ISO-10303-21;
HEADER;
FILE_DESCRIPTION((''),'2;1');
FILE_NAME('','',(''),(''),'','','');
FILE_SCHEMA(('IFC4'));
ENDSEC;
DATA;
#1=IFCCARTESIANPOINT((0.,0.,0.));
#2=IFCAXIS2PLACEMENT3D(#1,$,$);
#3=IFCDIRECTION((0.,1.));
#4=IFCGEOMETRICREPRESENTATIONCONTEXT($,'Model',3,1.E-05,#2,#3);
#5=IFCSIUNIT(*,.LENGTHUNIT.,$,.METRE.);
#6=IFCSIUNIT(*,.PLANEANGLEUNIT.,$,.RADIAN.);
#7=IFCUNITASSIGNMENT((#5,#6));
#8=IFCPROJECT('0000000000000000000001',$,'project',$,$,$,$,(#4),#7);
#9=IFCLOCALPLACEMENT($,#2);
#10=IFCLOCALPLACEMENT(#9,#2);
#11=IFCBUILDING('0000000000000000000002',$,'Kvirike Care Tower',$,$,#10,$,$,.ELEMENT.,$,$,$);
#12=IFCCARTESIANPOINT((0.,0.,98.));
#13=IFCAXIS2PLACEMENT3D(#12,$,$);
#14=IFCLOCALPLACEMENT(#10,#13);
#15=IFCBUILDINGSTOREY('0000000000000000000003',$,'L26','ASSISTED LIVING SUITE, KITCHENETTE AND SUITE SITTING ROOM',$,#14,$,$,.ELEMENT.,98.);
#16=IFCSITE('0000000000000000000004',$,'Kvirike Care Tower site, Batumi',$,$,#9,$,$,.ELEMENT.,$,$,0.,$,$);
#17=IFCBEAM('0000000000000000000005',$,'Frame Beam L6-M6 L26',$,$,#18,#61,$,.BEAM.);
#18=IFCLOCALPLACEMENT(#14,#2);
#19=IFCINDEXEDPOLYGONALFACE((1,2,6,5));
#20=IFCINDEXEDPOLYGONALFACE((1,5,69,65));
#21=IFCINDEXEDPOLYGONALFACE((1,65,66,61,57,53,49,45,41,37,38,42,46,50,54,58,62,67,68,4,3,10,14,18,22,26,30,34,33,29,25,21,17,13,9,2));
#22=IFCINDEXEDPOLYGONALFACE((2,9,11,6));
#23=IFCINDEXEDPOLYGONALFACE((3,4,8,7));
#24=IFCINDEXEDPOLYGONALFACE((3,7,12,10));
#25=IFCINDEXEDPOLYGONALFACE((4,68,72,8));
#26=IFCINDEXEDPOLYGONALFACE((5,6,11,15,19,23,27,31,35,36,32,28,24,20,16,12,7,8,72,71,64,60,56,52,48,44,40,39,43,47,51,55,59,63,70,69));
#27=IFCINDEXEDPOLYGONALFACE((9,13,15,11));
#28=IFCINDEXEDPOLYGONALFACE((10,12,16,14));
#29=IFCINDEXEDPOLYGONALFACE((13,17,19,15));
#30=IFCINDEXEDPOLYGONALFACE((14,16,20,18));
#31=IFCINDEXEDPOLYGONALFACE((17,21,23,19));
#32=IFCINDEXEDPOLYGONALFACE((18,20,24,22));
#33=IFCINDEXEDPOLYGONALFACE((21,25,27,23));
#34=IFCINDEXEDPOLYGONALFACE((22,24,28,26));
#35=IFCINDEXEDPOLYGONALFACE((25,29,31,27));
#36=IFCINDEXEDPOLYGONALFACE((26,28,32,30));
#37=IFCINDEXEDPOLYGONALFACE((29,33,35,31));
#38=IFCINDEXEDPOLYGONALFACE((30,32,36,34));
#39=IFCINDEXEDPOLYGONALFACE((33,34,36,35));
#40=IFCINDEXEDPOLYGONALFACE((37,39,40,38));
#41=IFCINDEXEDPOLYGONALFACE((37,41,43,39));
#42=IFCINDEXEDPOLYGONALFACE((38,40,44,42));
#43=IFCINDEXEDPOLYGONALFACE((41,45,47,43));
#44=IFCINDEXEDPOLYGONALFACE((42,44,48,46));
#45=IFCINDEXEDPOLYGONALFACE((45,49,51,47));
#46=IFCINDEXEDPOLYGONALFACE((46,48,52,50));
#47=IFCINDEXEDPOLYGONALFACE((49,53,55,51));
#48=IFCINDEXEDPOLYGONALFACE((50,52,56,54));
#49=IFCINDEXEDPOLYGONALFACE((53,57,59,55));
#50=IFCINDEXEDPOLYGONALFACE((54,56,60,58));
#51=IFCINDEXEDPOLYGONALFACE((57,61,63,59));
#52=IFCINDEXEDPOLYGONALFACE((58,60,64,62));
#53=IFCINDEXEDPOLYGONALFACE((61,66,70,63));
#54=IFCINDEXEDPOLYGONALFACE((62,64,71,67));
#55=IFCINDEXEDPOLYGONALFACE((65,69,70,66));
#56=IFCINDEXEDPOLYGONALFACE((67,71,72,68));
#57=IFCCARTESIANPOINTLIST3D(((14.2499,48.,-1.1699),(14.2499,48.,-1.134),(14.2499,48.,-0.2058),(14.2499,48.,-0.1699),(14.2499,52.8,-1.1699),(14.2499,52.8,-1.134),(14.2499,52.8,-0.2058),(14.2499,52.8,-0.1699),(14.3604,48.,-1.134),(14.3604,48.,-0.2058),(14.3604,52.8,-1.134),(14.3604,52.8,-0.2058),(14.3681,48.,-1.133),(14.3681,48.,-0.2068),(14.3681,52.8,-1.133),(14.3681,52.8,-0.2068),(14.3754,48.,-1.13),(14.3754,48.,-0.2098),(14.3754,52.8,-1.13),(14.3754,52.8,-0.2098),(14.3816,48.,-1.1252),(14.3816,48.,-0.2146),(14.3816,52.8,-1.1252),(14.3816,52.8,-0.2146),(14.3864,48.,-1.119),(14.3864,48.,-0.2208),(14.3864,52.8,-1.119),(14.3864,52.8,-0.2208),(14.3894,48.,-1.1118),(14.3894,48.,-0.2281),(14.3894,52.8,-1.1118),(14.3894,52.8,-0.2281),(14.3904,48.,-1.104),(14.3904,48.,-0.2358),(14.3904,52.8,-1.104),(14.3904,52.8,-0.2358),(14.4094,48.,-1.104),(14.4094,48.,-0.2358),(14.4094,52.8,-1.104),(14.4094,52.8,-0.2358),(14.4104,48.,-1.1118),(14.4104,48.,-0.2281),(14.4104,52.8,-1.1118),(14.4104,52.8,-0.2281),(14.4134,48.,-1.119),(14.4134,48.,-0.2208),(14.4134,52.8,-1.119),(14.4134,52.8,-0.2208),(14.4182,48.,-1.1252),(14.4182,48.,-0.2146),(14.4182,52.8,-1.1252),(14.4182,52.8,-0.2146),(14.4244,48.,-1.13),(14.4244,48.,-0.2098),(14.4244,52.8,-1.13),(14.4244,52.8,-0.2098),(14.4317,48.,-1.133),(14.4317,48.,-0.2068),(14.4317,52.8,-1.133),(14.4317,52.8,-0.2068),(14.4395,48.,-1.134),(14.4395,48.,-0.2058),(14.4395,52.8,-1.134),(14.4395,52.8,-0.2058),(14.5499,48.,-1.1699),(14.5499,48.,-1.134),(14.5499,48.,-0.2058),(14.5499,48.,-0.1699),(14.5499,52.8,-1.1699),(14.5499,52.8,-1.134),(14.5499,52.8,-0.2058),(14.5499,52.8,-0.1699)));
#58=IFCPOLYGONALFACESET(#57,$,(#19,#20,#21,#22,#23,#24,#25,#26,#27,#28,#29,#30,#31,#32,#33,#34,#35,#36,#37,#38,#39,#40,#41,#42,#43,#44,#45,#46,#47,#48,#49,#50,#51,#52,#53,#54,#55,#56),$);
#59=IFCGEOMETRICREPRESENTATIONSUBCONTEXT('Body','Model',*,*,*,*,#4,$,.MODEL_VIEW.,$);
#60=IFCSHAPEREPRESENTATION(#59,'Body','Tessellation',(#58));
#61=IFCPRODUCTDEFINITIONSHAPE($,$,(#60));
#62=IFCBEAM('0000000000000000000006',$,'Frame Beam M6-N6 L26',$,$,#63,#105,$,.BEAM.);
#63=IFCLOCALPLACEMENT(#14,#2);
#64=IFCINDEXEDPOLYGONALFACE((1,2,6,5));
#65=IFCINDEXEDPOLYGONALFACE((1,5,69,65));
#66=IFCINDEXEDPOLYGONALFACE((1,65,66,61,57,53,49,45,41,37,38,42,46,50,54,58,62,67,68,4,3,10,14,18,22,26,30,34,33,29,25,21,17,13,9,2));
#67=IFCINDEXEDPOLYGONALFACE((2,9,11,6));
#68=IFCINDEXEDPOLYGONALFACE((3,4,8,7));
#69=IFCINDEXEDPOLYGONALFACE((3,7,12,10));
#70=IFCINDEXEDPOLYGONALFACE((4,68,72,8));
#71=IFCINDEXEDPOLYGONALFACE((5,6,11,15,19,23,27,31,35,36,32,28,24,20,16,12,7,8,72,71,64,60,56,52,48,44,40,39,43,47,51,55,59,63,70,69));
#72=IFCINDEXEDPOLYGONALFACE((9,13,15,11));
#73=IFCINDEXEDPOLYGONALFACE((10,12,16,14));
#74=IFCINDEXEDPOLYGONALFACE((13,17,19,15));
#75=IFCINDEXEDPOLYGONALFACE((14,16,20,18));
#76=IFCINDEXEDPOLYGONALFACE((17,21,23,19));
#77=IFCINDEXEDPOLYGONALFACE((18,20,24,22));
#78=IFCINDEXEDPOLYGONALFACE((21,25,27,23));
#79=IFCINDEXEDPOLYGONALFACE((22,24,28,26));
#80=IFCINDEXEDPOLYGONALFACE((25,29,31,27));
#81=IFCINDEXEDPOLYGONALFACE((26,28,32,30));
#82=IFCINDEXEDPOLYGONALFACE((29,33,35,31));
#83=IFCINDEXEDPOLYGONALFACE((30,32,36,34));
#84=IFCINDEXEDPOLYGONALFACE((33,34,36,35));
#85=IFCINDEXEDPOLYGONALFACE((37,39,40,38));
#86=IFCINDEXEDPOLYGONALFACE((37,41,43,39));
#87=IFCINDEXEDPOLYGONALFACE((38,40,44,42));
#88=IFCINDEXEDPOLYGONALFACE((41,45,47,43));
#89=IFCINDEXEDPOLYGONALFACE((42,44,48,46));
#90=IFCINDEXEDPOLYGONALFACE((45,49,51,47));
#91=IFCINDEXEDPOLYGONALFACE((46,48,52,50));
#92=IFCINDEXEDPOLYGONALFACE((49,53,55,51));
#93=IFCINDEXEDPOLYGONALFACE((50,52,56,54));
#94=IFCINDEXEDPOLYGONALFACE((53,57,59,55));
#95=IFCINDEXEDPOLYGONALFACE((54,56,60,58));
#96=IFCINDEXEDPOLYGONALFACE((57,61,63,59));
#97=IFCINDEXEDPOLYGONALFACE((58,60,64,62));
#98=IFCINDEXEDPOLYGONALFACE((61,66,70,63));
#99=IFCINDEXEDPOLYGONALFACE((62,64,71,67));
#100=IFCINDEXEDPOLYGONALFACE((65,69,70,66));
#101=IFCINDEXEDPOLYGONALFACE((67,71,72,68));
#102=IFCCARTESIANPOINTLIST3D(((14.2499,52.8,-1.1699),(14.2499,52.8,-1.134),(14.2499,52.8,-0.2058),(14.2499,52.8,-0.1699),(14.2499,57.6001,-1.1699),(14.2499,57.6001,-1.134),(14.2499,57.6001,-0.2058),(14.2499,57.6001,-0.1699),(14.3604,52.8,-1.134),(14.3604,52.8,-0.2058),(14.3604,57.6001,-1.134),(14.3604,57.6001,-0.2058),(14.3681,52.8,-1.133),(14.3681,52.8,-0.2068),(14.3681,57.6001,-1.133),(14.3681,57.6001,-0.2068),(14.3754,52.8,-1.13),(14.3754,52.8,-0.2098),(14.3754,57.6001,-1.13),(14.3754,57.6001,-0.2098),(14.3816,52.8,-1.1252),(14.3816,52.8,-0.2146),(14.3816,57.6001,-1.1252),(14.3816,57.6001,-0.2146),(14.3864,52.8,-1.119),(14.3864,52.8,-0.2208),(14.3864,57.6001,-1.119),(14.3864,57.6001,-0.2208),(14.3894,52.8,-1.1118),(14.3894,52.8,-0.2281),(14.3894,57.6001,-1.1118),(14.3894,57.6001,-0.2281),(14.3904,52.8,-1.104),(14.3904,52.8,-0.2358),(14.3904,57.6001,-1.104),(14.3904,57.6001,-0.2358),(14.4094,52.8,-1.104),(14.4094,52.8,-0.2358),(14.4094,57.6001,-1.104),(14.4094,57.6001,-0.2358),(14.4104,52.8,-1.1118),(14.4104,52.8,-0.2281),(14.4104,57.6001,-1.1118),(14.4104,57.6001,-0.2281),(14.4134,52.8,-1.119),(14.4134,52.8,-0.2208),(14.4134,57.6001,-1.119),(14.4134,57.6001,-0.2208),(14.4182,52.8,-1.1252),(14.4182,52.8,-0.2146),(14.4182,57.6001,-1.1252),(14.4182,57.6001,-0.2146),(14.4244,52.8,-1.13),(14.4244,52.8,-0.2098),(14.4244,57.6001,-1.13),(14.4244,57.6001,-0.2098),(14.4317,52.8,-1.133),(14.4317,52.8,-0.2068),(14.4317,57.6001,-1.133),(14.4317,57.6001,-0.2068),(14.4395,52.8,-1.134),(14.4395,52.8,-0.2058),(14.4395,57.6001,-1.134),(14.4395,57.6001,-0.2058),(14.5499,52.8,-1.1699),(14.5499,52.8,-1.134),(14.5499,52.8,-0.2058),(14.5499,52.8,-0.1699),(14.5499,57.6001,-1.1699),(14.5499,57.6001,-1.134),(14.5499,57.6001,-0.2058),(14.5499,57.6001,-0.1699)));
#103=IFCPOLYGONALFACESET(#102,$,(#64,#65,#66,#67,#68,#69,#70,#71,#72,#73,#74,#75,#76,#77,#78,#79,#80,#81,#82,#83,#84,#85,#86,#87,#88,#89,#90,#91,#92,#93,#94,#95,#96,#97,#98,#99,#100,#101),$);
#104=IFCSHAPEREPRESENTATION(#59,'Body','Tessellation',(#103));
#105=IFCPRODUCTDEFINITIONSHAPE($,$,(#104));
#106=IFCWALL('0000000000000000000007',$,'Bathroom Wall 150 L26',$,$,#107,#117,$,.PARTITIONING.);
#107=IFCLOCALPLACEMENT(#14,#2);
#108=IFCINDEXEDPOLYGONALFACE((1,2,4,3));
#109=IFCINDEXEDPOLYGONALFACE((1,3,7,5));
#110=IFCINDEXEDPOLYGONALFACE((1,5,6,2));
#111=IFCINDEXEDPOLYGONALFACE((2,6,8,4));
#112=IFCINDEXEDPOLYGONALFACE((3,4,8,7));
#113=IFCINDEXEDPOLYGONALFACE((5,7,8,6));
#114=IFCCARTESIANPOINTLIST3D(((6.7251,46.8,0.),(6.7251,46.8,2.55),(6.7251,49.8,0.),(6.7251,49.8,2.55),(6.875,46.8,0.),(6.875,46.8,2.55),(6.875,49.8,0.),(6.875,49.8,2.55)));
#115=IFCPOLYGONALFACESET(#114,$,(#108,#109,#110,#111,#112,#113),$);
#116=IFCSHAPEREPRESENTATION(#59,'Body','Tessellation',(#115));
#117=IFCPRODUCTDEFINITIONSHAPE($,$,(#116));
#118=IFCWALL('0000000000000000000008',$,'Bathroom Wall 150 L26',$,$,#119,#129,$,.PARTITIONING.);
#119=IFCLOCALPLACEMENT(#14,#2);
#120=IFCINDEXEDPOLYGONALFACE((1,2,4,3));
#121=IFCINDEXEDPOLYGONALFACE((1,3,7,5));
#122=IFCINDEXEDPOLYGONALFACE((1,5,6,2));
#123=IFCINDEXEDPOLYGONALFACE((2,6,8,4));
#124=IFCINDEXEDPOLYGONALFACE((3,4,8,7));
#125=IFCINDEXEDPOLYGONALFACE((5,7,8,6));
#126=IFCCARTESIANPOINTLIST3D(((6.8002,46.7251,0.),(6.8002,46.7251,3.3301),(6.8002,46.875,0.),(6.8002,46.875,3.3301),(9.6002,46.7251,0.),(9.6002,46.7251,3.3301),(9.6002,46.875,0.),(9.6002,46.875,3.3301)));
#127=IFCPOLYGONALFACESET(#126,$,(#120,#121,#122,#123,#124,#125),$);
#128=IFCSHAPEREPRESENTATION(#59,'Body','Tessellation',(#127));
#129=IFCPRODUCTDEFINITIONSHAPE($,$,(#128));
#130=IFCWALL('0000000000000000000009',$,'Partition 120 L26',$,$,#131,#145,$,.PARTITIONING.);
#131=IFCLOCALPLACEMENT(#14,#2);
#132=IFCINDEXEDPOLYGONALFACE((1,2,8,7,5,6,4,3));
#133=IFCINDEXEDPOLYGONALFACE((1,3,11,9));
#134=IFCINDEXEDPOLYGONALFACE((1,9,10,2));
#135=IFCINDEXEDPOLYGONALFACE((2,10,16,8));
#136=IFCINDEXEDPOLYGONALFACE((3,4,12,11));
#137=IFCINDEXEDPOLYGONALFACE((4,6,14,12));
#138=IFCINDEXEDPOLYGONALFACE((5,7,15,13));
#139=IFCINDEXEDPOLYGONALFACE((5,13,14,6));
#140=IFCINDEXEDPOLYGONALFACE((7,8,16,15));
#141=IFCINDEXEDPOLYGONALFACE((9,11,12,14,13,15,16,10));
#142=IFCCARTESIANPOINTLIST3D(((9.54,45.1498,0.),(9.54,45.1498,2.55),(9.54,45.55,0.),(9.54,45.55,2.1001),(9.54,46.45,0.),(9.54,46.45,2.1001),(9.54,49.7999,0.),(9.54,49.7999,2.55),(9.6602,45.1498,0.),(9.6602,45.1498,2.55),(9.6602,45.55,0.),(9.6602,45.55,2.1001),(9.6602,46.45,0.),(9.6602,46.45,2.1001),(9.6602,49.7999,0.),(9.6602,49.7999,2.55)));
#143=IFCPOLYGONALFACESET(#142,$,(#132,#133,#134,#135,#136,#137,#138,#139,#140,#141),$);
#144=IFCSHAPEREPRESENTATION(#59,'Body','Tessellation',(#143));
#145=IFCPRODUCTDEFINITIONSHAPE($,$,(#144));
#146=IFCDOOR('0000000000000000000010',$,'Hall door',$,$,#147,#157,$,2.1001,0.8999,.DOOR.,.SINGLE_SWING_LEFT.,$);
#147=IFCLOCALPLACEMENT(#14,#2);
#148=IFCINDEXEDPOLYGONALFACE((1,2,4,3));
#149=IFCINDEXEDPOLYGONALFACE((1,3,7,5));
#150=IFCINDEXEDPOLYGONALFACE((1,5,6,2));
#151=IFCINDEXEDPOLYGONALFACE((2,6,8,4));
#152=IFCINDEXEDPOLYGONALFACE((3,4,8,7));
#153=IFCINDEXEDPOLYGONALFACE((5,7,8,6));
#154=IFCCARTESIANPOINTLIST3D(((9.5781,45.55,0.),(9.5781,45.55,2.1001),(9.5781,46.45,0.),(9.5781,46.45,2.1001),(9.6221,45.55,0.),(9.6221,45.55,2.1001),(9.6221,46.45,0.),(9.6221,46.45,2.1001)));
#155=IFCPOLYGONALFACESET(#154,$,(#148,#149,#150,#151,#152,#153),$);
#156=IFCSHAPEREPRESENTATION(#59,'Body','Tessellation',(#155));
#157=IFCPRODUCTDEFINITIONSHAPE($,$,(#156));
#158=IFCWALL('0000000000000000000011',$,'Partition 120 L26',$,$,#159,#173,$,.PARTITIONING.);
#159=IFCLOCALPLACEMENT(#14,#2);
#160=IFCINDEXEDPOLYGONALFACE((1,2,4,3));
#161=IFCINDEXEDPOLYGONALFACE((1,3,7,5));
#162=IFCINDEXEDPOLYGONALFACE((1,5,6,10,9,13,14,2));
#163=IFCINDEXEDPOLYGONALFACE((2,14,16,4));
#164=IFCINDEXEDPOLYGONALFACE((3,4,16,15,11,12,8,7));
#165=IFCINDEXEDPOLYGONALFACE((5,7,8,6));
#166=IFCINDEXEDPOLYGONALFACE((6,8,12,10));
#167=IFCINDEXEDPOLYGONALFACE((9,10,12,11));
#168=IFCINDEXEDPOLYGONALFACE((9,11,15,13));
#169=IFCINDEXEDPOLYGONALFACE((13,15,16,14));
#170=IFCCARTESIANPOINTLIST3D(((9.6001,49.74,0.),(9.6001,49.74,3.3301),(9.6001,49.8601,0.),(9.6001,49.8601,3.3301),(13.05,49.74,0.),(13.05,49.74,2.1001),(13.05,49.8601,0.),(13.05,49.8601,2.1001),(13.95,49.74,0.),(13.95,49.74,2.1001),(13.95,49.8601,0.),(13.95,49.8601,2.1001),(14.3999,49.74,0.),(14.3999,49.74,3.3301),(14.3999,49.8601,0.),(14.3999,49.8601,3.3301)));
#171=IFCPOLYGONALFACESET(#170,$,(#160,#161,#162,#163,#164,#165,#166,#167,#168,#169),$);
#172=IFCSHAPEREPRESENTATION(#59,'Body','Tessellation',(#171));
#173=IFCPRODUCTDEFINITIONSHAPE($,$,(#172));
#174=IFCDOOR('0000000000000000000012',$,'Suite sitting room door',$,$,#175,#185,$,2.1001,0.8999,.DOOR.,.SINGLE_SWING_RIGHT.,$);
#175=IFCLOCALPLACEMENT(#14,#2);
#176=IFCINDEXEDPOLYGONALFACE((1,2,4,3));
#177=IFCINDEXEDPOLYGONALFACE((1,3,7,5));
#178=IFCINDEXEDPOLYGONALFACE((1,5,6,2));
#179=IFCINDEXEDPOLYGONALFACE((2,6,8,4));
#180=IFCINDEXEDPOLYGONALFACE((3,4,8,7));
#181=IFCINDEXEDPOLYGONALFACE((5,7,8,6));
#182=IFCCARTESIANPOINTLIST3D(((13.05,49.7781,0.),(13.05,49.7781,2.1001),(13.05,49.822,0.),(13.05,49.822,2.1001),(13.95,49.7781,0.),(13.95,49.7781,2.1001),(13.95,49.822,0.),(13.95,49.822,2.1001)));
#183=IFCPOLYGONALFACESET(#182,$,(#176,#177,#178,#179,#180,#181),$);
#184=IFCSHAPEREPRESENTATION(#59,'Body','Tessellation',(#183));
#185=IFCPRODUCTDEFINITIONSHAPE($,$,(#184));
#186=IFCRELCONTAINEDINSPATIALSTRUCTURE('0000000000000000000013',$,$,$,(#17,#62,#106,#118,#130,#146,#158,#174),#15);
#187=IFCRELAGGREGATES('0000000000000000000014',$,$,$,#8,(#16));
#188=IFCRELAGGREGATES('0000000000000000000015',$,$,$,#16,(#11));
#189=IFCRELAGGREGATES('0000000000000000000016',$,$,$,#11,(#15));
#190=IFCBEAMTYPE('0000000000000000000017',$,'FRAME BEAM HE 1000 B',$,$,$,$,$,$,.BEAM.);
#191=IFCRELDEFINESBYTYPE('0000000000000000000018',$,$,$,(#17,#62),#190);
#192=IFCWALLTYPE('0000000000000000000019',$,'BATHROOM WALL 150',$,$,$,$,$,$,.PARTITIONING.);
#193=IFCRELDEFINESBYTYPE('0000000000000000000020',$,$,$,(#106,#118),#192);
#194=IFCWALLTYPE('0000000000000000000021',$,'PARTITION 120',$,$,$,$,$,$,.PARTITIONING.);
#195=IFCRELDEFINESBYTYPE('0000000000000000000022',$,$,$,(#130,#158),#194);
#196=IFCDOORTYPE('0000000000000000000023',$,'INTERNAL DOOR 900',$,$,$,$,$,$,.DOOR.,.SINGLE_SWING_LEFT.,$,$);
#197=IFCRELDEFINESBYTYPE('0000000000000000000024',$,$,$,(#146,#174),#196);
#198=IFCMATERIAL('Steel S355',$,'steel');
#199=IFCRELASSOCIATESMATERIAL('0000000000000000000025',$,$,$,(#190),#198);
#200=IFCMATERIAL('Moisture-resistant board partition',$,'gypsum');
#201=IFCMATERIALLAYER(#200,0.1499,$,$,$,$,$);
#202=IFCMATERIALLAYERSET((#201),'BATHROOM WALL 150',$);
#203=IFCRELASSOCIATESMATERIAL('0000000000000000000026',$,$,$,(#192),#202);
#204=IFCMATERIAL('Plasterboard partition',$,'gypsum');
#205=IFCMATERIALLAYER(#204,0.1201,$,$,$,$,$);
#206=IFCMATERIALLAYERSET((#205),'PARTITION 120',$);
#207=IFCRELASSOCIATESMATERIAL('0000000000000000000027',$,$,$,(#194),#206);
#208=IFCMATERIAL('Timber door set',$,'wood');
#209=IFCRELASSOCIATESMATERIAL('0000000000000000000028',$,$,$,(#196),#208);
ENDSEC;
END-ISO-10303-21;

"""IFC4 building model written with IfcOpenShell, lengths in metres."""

from ifc_helpers import new_model, si_unit, direction, frame, frame_2d, origin, origin_2d, place, context, subcontext, project, spatial, rectangle, i_section, extrude, material, layer, layer_set, material_profile, profile_set, type_object, element, fill, save


model = new_model("IFC4")

# Units and contexts
model_context = context("Model", 3, precision=1e-05, world=origin(), true_north=direction((0.0, 1.0)))
body_context = subcontext(model_context, "Body", "Model", "MODEL_VIEW")
ifc_project = project(units=[si_unit("LENGTHUNIT", "METRE"), si_unit("PLANEANGLEUNIT", "RADIAN")], contexts=[model_context])

# Site, building, storey
site_placement = place(None, origin())
site = spatial("IfcSite", under=ifc_project, at=site_placement, Name="Kvirike Care Tower site, Batumi", CompositionType="ELEMENT", RefElevation=0.0)
building_placement = place(site_placement, origin())
building = spatial("IfcBuilding", under=site, at=building_placement, Name="Kvirike Care Tower", CompositionType="ELEMENT")
storey_placement = place(building_placement, frame((0.0, 0.0, 98.0)))
storey = spatial("IfcBuildingStorey", under=building, at=storey_placement, Name="L26", Description="ASSISTED LIVING SUITE, KITCHENETTE AND SUITE SITTING ROOM", CompositionType="ELEMENT", Elevation=98.0)

# Beams
ifc_material_1 = material(Name="Steel S355", Category="steel")
ifc_material_profile_1 = material_profile(ifc_material_1, i_section(OverallWidth=0.3, OverallDepth=1.0, WebThickness=0.019, FlangeThickness=0.0359, FilletRadius=0.03, at=origin_2d()), Name="HE 1000 B")
ifc_profile_set_1 = profile_set([ifc_material_profile_1], Name="Steel S355")
beam_type_1 = type_object("IfcBeamType", Name="FRAME BEAM HE 1000 B", PredefinedType="BEAM", material=ifc_profile_set_1)
for number, where, z_axis, x_axis, name in (
    (1, (14.3999, 48.0, -0.6699), (0.0, 1.0, 0.0), (-1.0, 0.0, 0.0), "Frame Beam L6-M6 L26"),
    (2, (14.3999, 52.8, -0.6699), (0.0, 1.0, 0.0), (-1.0, 0.0, 0.0), "Frame Beam M6-N6 L26"),
):
    element("IfcBeam", number, at=place(storey_placement, frame(where, z_axis=z_axis, x_axis=x_axis)), inside=storey, type_object=beam_type_1, Name=name, PredefinedType="BEAM", context=body_context, shape_type="SweptSolid", body=[
        extrude(i_section(OverallWidth=0.3, OverallDepth=1.0, WebThickness=0.019, FlangeThickness=0.0359, FilletRadius=0.03, at=origin_2d()), origin(), (0.0, 0.0, 1.0), 4.8),
    ])

# Walls
ifc_material_2 = material(Name="Moisture-resistant board partition", Category="gypsum")
ifc_layer_1 = layer(ifc_material_2, 0.1499)
ifc_layer_set_1 = layer_set([ifc_layer_1], Name="BATHROOM WALL 150")
wall_type_1 = type_object("IfcWallType", Name="BATHROOM WALL 150", PredefinedType="PARTITIONING", material=ifc_layer_set_1)
wall_1_placement = place(storey_placement, frame((6.8, 49.8, 0.0), z_axis=(0.0, 0.0, 1.0), x_axis=(0.0, -1.0, 0.0)))
element("IfcWall", 3, at=wall_1_placement, inside=storey, type_object=wall_type_1, Name="Bathroom Wall 150 L26", PredefinedType="PARTITIONING", context=body_context, shape_type="SweptSolid", body=[
    extrude(rectangle(XDim=3.0, YDim=0.1499, at=frame_2d((1.5, 0.0))), origin(), (0.0, 0.0, 1.0), 2.55),
])
wall_2_placement = place(storey_placement, frame((9.6001, 46.8, 0.0), z_axis=(0.0, 0.0, 1.0), x_axis=(-1.0, 0.0, 0.0)))
element("IfcWall", 4, at=wall_2_placement, inside=storey, type_object=wall_type_1, Name="Bathroom Wall 150 L26", PredefinedType="PARTITIONING", context=body_context, shape_type="SweptSolid", body=[
    extrude(rectangle(XDim=2.8, YDim=0.1499, at=frame_2d((1.3999, 0.0))), origin(), (0.0, 0.0, 1.0), 3.3301),
])

# Walls, openings, doors
ifc_material_3 = material(Name="Plasterboard partition", Category="gypsum")
ifc_layer_2 = layer(ifc_material_3, 0.1201)
ifc_layer_set_2 = layer_set([ifc_layer_2], Name="PARTITION 120")
wall_type_2 = type_object("IfcWallType", Name="PARTITION 120", PredefinedType="PARTITIONING", material=ifc_layer_set_2)
wall_3_placement = place(storey_placement, frame((9.6001, 49.8, 0.0), z_axis=(0.0, 0.0, 1.0), x_axis=(0.0, -1.0, 0.0)))
wall_3 = element("IfcWall", 5, at=wall_3_placement, inside=storey, type_object=wall_type_2, Name="Partition 120 L26", PredefinedType="PARTITIONING", context=body_context, shape_type="SweptSolid", body=[
    extrude(rectangle(XDim=4.6501, YDim=0.1201, at=frame_2d((2.3252, 0.0))), origin(), (0.0, 0.0, 1.0), 2.55),
])
opening_1_placement = place(wall_3_placement, frame((3.3501, 0.0, 0.0)))
opening_1 = element("IfcOpeningElement", 6, at=opening_1_placement, cuts=wall_3, PredefinedType="OPENING", context=body_context, shape_type="SweptSolid", body=[
    extrude(rectangle(XDim=0.8999, YDim=2.1001, at=frame_2d((0.45, 1.05))), frame((0.0, 0.0706, 0.0), z_axis=(0.0, -1.0, 0.0), x_axis=(1.0, 0.0, 0.0)), (0.0, 0.0, 1.0), 0.1411),
])
ifc_material_4 = material(Name="Timber door set", Category="wood")
door_type_1 = type_object("IfcDoorType", Name="INTERNAL DOOR 900", OperationType="SINGLE_SWING_LEFT", PredefinedType="DOOR", material=ifc_material_4)
door_1_placement = place(opening_1_placement, origin())
door_1 = element("IfcDoor", 7, at=door_1_placement, inside=storey, type_object=door_type_1, Name="Hall door", OperationType="SINGLE_SWING_LEFT", OverallHeight=2.1001, OverallWidth=0.8999, PredefinedType="DOOR", context=body_context, shape_type="SweptSolid", body=[
    extrude(rectangle(XDim=0.8999, YDim=2.1001, at=frame_2d((0.45, 1.05))), frame((0.0, 0.022, 0.0), z_axis=(0.0, -1.0, 0.0), x_axis=(1.0, 0.0, 0.0)), (0.0, 0.0, 1.0), 0.0439),
])
fill(opening_1, door_1)
wall_4_placement = place(storey_placement, frame((14.3999, 49.8, 0.0), z_axis=(0.0, 0.0, 1.0), x_axis=(-1.0, 0.0, 0.0)))
wall_4 = element("IfcWall", 8, at=wall_4_placement, inside=storey, type_object=wall_type_2, Name="Partition 120 L26", PredefinedType="PARTITIONING", context=body_context, shape_type="SweptSolid", body=[
    extrude(rectangle(XDim=4.7998, YDim=0.1201, at=frame_2d((2.3999, 0.0))), origin(), (0.0, 0.0, 1.0), 3.3301),
])
opening_2_placement = place(wall_4_placement, frame((0.45, 0.0, 0.0)))
opening_2 = element("IfcOpeningElement", 9, at=opening_2_placement, cuts=wall_4, PredefinedType="OPENING", context=body_context, shape_type="SweptSolid", body=[
    extrude(rectangle(XDim=0.8999, YDim=2.1001, at=frame_2d((0.45, 1.05))), frame((0.0, 0.0706, 0.0), z_axis=(0.0, -1.0, 0.0), x_axis=(1.0, 0.0, 0.0)), (0.0, 0.0, 1.0), 0.1411),
])
door_2_placement = place(opening_2_placement, origin())
door_2 = element("IfcDoor", 10, at=door_2_placement, inside=storey, type_object=door_type_1, Name="Suite sitting room door", OperationType="SINGLE_SWING_RIGHT", OverallHeight=2.1001, OverallWidth=0.8999, PredefinedType="DOOR", context=body_context, shape_type="SweptSolid", body=[
    extrude(rectangle(XDim=0.8999, YDim=2.1001, at=frame_2d((0.45, 1.05))), frame((0.0, 0.022, 0.0), z_axis=(0.0, -1.0, 0.0), x_axis=(1.0, 0.0, 0.0)), (0.0, 0.0, 1.0), 0.0439),
])
fill(opening_2, door_2)

save(model, "model.ifc")
